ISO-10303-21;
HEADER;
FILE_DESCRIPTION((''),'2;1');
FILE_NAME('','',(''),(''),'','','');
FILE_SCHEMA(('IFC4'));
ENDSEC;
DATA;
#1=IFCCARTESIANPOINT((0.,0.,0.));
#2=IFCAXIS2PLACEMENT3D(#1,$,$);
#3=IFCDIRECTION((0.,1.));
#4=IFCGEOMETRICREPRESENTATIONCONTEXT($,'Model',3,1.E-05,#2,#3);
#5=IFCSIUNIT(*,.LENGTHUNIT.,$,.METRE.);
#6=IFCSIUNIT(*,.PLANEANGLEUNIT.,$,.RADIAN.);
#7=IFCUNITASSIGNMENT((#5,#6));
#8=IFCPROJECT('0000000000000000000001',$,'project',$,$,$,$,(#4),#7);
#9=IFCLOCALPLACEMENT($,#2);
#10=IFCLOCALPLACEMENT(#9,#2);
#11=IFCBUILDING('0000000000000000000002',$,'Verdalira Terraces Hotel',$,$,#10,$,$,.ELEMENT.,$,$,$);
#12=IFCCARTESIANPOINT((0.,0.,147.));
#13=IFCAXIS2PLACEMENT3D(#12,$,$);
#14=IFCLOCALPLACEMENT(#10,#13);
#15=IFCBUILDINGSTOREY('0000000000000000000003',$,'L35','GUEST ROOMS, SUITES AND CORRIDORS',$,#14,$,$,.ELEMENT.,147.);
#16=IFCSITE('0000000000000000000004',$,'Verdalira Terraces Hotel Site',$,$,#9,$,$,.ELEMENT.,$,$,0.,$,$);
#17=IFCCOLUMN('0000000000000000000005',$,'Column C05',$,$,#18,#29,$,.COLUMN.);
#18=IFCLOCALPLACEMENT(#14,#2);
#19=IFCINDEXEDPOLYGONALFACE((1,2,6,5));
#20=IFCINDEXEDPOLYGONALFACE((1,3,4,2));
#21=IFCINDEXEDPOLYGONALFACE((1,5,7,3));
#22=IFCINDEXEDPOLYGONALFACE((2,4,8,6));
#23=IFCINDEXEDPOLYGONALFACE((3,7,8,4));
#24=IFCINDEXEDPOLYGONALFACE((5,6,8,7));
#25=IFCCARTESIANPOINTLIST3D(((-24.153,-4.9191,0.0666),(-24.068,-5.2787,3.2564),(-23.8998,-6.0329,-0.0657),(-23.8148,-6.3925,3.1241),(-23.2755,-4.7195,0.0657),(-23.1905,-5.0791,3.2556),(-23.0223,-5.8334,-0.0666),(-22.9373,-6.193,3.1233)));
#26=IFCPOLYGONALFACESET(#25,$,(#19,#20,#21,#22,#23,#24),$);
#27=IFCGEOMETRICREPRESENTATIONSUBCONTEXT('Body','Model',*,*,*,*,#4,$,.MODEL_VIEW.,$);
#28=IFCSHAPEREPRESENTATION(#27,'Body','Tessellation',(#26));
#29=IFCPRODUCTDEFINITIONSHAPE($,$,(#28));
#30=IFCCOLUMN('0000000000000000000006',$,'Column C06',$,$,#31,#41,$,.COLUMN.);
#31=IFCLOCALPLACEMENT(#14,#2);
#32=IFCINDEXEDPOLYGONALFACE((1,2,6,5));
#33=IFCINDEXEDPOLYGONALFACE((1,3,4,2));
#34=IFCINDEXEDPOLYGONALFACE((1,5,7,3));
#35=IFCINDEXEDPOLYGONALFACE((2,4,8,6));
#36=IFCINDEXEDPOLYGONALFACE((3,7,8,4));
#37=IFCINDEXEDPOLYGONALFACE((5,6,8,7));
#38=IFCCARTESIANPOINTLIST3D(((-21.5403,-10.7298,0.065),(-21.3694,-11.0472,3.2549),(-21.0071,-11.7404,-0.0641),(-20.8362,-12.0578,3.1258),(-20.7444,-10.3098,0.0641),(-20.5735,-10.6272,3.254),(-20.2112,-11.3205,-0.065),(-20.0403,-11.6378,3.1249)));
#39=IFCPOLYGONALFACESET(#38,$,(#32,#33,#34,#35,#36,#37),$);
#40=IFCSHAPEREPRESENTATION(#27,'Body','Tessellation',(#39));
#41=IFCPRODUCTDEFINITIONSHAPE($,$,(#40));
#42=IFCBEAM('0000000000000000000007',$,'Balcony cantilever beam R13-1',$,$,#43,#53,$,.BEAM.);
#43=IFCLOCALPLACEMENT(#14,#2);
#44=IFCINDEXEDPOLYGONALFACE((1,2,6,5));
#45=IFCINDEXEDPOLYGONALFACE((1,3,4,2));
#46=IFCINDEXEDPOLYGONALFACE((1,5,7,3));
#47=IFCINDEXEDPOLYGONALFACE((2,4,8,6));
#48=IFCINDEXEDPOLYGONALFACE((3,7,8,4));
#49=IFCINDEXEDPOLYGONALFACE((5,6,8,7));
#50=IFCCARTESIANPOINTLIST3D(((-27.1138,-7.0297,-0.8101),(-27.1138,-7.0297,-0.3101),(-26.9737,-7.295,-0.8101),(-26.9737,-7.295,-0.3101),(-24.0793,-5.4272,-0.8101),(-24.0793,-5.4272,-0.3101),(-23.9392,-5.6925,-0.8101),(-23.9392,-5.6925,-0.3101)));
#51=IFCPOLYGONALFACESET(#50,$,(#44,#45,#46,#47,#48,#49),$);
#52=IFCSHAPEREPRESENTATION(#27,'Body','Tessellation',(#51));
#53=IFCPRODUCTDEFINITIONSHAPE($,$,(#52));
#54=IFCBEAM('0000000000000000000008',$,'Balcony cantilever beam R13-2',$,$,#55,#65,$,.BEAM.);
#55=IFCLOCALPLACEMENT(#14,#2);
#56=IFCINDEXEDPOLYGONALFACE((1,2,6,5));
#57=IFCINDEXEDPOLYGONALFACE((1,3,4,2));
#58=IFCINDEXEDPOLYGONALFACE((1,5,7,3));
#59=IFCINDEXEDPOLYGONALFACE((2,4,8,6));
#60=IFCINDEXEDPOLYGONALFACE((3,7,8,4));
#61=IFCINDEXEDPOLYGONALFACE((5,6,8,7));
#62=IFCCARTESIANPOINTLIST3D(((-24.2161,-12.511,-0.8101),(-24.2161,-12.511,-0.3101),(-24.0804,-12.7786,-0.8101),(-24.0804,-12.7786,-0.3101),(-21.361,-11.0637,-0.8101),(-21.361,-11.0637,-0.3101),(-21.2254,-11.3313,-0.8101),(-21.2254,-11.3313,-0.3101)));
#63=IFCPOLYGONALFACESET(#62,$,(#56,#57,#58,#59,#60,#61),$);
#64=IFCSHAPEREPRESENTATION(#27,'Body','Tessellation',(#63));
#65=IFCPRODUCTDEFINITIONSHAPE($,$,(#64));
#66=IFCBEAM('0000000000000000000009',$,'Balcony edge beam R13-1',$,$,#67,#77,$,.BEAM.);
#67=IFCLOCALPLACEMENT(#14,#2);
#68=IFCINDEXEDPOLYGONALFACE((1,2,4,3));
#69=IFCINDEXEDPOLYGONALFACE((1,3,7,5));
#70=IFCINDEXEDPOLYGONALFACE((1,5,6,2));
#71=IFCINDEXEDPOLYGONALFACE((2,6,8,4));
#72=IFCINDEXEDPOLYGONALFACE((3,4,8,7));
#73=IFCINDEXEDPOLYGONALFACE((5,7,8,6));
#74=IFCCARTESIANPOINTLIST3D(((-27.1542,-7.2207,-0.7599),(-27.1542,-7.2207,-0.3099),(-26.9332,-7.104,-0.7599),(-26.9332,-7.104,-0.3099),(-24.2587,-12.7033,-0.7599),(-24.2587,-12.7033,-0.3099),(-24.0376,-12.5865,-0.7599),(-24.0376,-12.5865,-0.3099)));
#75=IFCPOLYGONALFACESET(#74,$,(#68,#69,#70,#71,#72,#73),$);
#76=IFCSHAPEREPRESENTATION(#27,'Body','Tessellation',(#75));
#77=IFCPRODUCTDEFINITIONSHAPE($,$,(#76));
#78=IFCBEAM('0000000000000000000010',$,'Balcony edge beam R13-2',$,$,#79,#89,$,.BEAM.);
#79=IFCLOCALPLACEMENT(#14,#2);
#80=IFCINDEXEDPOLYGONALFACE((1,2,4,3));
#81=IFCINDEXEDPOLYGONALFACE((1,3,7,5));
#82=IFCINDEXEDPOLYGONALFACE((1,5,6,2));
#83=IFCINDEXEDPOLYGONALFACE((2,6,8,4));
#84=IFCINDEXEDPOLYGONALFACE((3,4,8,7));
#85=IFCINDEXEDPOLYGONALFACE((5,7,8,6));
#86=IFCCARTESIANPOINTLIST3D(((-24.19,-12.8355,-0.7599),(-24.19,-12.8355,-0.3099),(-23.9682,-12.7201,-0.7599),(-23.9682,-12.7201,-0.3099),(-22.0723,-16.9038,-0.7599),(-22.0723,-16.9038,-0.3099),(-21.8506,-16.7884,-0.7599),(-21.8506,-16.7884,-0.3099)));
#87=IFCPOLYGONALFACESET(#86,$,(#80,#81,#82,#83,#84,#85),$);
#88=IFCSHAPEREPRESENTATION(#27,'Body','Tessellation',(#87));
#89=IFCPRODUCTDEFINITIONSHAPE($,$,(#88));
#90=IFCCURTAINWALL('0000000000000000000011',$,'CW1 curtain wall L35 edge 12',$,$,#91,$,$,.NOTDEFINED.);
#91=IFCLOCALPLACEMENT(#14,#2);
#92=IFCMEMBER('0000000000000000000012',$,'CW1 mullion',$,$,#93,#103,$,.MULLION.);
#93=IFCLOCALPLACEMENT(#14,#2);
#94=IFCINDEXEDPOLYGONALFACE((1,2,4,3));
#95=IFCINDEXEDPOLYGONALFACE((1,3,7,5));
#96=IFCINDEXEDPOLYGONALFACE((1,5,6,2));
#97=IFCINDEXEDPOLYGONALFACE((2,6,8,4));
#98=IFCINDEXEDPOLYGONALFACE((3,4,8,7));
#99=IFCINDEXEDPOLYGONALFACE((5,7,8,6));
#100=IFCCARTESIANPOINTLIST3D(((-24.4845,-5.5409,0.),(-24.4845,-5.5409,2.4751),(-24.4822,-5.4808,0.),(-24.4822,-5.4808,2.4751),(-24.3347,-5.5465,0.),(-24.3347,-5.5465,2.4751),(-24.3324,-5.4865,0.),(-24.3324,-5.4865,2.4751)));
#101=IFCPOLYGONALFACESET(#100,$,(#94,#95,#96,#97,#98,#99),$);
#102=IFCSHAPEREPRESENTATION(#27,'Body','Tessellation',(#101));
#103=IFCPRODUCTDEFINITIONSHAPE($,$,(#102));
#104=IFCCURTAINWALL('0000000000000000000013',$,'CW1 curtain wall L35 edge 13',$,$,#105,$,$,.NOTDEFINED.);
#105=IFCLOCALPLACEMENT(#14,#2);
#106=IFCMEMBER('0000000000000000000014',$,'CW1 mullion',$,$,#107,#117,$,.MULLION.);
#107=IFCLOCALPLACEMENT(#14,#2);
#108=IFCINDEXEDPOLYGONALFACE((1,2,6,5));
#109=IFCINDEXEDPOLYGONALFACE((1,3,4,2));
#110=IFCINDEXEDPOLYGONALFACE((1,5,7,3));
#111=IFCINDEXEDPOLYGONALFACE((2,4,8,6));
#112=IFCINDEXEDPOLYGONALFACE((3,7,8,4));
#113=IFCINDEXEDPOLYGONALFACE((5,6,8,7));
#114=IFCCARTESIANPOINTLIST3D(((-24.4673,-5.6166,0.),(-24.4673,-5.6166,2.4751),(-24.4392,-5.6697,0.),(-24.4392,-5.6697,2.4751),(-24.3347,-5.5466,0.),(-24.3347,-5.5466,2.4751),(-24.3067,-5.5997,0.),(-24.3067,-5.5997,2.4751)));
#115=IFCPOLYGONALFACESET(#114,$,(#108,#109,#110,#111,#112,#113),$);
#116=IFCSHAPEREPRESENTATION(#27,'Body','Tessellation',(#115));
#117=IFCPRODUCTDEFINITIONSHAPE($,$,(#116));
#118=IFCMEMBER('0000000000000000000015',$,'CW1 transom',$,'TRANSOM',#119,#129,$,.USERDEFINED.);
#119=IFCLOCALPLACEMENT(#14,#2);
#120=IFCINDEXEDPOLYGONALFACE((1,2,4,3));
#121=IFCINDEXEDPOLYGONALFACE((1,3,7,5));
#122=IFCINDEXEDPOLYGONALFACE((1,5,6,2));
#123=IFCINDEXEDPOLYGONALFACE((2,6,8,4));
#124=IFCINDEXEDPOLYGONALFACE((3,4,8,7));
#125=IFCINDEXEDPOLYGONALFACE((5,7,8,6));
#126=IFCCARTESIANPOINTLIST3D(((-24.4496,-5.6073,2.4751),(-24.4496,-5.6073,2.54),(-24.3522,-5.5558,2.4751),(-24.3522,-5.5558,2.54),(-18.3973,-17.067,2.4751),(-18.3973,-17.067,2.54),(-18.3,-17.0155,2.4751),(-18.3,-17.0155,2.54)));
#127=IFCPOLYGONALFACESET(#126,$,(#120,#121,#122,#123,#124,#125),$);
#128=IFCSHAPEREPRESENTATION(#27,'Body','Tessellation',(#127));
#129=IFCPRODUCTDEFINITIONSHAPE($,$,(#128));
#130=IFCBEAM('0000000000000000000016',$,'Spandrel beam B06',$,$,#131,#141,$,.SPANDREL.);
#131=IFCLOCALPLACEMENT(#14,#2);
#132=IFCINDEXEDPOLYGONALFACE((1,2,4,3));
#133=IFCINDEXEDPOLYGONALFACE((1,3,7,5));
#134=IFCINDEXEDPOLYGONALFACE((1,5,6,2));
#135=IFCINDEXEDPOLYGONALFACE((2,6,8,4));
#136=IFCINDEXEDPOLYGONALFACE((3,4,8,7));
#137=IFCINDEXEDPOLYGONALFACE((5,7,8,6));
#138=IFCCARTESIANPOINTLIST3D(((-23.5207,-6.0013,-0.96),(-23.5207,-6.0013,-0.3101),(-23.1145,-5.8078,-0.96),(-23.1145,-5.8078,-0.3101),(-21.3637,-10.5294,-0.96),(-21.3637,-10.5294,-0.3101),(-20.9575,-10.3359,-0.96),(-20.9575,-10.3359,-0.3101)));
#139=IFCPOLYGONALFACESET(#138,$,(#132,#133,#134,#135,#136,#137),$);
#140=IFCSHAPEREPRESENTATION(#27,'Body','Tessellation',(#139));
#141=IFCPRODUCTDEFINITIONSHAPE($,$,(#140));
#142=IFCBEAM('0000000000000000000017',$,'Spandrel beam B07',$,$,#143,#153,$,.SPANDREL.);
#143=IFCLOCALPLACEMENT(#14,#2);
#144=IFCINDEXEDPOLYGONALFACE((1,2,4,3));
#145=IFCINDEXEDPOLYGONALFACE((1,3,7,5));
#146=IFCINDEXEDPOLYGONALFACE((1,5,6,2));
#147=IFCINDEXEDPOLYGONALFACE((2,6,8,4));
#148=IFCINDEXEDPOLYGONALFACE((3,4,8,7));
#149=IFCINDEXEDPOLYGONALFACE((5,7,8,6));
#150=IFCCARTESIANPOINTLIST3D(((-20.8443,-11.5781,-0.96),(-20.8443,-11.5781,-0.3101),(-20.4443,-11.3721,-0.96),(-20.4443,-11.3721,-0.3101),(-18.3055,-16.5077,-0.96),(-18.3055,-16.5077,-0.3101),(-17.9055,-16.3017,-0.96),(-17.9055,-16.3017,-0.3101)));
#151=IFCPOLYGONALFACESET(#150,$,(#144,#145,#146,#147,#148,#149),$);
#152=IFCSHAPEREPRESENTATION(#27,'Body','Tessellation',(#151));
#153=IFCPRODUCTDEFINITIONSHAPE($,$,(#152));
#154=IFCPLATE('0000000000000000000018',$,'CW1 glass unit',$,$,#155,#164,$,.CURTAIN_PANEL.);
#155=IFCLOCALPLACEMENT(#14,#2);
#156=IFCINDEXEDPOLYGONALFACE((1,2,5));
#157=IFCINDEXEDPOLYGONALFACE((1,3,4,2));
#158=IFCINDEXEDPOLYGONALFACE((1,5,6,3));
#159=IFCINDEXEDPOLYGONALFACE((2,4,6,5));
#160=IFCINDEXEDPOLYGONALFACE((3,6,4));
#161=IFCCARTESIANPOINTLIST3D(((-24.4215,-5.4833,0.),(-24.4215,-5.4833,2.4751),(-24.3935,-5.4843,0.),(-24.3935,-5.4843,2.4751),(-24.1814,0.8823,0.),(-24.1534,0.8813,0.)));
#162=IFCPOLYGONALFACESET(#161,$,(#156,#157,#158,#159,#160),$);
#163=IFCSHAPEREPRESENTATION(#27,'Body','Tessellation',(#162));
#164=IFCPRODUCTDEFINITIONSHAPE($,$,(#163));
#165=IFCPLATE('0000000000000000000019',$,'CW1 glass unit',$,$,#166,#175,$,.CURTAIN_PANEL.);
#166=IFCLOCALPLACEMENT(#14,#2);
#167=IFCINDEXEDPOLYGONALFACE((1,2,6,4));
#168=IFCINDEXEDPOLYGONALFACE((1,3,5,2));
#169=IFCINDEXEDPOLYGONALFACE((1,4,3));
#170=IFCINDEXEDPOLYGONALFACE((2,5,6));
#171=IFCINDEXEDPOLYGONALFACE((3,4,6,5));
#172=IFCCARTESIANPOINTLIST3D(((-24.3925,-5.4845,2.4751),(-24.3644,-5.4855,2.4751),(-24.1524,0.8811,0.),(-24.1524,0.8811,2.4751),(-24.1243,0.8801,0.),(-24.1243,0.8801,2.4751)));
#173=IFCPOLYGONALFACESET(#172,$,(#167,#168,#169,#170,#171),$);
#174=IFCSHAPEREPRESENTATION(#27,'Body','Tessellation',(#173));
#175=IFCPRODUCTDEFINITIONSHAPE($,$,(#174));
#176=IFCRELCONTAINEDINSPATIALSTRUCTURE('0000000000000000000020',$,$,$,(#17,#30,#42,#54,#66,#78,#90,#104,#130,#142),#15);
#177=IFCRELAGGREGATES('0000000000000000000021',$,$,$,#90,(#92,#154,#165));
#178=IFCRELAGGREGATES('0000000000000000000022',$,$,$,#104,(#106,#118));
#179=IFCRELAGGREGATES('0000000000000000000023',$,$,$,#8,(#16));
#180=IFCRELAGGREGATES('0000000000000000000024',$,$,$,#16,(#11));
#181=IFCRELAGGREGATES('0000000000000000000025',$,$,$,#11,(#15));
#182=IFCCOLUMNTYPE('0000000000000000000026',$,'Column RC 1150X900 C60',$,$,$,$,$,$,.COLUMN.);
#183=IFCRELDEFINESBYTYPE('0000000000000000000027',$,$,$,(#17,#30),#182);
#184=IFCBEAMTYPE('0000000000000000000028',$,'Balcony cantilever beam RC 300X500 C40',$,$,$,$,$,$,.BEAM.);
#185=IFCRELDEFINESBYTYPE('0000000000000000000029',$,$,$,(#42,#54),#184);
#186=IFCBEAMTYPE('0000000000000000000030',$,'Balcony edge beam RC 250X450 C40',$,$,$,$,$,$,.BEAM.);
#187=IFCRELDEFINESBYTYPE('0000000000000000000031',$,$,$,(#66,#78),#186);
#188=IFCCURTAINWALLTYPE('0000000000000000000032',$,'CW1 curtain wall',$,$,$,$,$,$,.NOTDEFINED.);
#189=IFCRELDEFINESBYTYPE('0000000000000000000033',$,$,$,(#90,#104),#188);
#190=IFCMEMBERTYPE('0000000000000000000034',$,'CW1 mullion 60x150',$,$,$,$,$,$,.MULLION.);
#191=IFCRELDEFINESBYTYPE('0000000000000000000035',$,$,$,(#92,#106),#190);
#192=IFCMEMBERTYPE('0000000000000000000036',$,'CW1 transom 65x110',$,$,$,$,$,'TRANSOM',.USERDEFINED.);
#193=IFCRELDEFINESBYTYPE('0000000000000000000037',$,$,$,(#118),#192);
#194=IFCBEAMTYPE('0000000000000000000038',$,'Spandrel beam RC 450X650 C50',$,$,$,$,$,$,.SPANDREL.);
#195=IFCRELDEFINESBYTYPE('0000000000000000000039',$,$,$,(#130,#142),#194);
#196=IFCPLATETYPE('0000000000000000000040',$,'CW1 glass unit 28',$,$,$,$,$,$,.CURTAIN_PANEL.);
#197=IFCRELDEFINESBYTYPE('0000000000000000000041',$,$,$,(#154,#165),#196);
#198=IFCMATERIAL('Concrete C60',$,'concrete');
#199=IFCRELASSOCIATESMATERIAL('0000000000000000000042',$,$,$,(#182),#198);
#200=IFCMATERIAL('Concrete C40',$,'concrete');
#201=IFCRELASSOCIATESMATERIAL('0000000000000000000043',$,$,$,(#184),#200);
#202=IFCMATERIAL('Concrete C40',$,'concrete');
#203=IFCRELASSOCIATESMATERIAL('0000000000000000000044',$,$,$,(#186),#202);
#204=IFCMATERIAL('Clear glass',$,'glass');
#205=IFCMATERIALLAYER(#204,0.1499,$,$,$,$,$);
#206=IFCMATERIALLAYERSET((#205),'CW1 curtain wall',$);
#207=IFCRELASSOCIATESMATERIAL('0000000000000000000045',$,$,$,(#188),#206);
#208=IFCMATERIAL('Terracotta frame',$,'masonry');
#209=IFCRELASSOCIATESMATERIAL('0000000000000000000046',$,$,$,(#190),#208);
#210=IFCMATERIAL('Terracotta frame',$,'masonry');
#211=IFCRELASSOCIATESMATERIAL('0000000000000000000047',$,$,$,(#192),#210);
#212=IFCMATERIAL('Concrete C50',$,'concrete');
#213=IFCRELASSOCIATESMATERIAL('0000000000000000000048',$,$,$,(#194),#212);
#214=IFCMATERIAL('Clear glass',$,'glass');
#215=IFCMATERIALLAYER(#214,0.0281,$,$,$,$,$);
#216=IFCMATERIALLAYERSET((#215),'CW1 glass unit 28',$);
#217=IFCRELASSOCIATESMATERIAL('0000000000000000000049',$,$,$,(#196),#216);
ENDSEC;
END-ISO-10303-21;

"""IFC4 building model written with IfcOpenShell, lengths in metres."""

from ifc_helpers import new_model, si_unit, direction, frame, origin, origin_2d, place, context, subcontext, project, spatial, polyline, rectangle, outline, extrude, material, layer, layer_set, material_profile, profile_set, type_object, element, aggregate, save


model = new_model("IFC4")

# Units and contexts
model_context = context("Model", 3, precision=1e-05, world=origin(), true_north=direction((0.0, 1.0)))
body_context = subcontext(model_context, "Body", "Model", "MODEL_VIEW")
ifc_project = project(units=[si_unit("LENGTHUNIT", "METRE"), si_unit("PLANEANGLEUNIT", "RADIAN")], contexts=[model_context])

# Site, building, storey
site_placement = place(None, origin())
site = spatial("IfcSite", under=ifc_project, at=site_placement, Name="Verdalira Terraces Hotel Site", CompositionType="ELEMENT", RefElevation=0.0)
building_placement = place(site_placement, origin())
building = spatial("IfcBuilding", under=site, at=building_placement, Name="Verdalira Terraces Hotel", CompositionType="ELEMENT")
storey_placement = place(building_placement, frame((0.0, 0.0, 147.0)))
storey = spatial("IfcBuildingStorey", under=building, at=storey_placement, Name="L35", Description="GUEST ROOMS, SUITES AND CORRIDORS", CompositionType="ELEMENT", Elevation=147.0)

# Columns
ifc_material_1 = material(Name="Concrete C60", Category="concrete")
ifc_material_profile_1 = material_profile(ifc_material_1, rectangle(XDim=1.1499, YDim=0.8999, at=origin_2d()), Name="RC 1150X900")
ifc_profile_set_1 = profile_set([ifc_material_profile_1], Name="Concrete C60")
column_type = type_object("IfcColumnType", Name="Column RC 1150X900 C60", PredefinedType="COLUMN", material=ifc_profile_set_1)
column_1_placement = place(storey_placement, frame((-23.5876, -5.3762, 0.0), z_axis=(0.026457, -0.111986, 0.993357), x_axis=(-0.22018, 0.968649, 0.115065)))
element("IfcColumn", 1, at=column_1_placement, inside=storey, type_object=column_type, Name="Column C05", PredefinedType="COLUMN", context=body_context, shape_type="SweptSolid", body=[
    extrude(rectangle(XDim=1.1499, YDim=0.8999, at=origin_2d()), origin(), (0.0, 0.0, 1.0), 3.2112),
])
column_2_placement = place(storey_placement, frame((-20.8757, -11.0251, 0.0), z_axis=(0.053235, -0.098866, 0.993676), x_axis=(0.463661, -0.878869, -0.112283)))
element("IfcColumn", 2, at=column_2_placement, inside=storey, type_object=column_type, Name="Column C06", PredefinedType="COLUMN", context=body_context, shape_type="SweptSolid", body=[
    extrude(rectangle(XDim=1.1499, YDim=0.8999, at=origin_2d()), origin(), (0.0, 0.0, 1.0), 3.2102),
])

# Beams
ifc_material_2 = material(Name="Concrete C40", Category="concrete")
ifc_material_profile_2 = material_profile(ifc_material_2, rectangle(XDim=0.3, YDim=0.5, at=origin_2d()), Name="RC 300X500")
ifc_profile_set_2 = profile_set([ifc_material_profile_2], Name="Concrete C40")
beam_type_1 = type_object("IfcBeamType", Name="Balcony cantilever beam RC 300X500 C40", PredefinedType="BEAM", material=ifc_profile_set_2)
beam_1_placement = place(storey_placement, frame((-24.0093, -5.5598, -0.5601), z_axis=(-0.88426, -0.466995, 0.0), x_axis=(0.466995, -0.88426, 0.0)))
element("IfcBeam", 3, at=beam_1_placement, inside=storey, type_object=beam_type_1, Name="Balcony cantilever beam R13-1", PredefinedType="BEAM", context=body_context, shape_type="SweptSolid", body=[
    extrude(rectangle(XDim=0.3, YDim=0.5, at=origin_2d()), origin(), (0.0, 0.0, 1.0), 3.4316),
])
beam_2_placement = place(storey_placement, frame((-21.2932, -11.1975, -0.5601), z_axis=(-0.891942, -0.452149, 0.0), x_axis=(0.452149, -0.891942, 0.0)))
element("IfcBeam", 4, at=beam_2_placement, inside=storey, type_object=beam_type_1, Name="Balcony cantilever beam R13-2", PredefinedType="BEAM", context=body_context, shape_type="SweptSolid", body=[
    extrude(rectangle(XDim=0.3, YDim=0.5, at=origin_2d()), origin(), (0.0, 0.0, 1.0), 3.2009),
])
ifc_material_3 = material(Name="Concrete C40", Category="concrete")
ifc_material_profile_3 = material_profile(ifc_material_3, rectangle(XDim=0.25, YDim=0.45, at=origin_2d()), Name="RC 250X450")
ifc_profile_set_3 = profile_set([ifc_material_profile_3], Name="Concrete C40")
beam_type_2 = type_object("IfcBeamType", Name="Balcony edge beam RC 250X450 C40", PredefinedType="BEAM", material=ifc_profile_set_3)
beam_3_placement = place(storey_placement, frame((-27.0437, -7.1624, -0.5349), z_axis=(0.467012, -0.884251, 0.0), x_axis=(0.884251, 0.467012, 0.0)))
element("IfcBeam", 5, at=beam_3_placement, inside=storey, type_object=beam_type_2, Name="Balcony edge beam R13-1", PredefinedType="BEAM", context=body_context, shape_type="SweptSolid", body=[
    extrude(rectangle(XDim=0.25, YDim=0.45, at=origin_2d()), origin(), (0.0, 0.0, 1.0), 6.2002),
])
beam_4_placement = place(storey_placement, frame((-24.0791, -12.7778, -0.5349), z_axis=(0.461718, -0.887027, 0.0), x_axis=(0.887027, 0.461718, 0.0)))
element("IfcBeam", 6, at=beam_4_placement, inside=storey, type_object=beam_type_2, Name="Balcony edge beam R13-2", PredefinedType="BEAM", context=body_context, shape_type="SweptSolid", body=[
    extrude(rectangle(XDim=0.25, YDim=0.45, at=origin_2d()), origin(), (0.0, 0.0, 1.0), 4.5864),
])

# Curtain wall, member
ifc_material_4 = material(Name="Clear glass", Category="glass")
ifc_layer_1 = layer(ifc_material_4, 0.1499)
ifc_layer_set_1 = layer_set([ifc_layer_1], Name="CW1 curtain wall")
curtain_wall_type = type_object("IfcCurtainWallType", Name="CW1 curtain wall", PredefinedType="NOTDEFINED", material=ifc_layer_set_1)
curtain_wall_1_placement = place(storey_placement, origin())
curtain_wall_1 = element("IfcCurtainWall", 7, at=curtain_wall_1_placement, inside=storey, type_object=curtain_wall_type, Name="CW1 curtain wall L35 edge 12", PredefinedType="NOTDEFINED")
ifc_material_5 = material(Name="Terracotta frame", Category="masonry")
ifc_material_profile_4 = material_profile(ifc_material_5, rectangle(XDim=0.0601, YDim=0.1499, at=origin_2d()), Name="MU 60x150")
ifc_profile_set_4 = profile_set([ifc_material_profile_4], Name="Terracotta frame")
member_type_1 = type_object("IfcMemberType", Name="CW1 mullion 60x150", PredefinedType="MULLION", material=ifc_profile_set_4)
member_1_placement = place(storey_placement, frame((-24.4084, -5.5137, 0.0), z_axis=(0.0, 0.0, 1.0), x_axis=(-0.03769, -0.999289, 0.0)))
member_1 = element("IfcMember", 8, at=member_1_placement, type_object=member_type_1, Name="CW1 mullion", PredefinedType="MULLION", context=body_context, shape_type="SweptSolid", body=[
    extrude(rectangle(XDim=0.0601, YDim=0.1499, at=origin_2d()), origin(), (0.0, 0.0, 1.0), 2.4751),
])

# Curtain wall, members
curtain_wall_2_placement = place(storey_placement, origin())
curtain_wall_2 = element("IfcCurtainWall", 9, at=curtain_wall_2_placement, inside=storey, type_object=curtain_wall_type, Name="CW1 curtain wall L35 edge 13", PredefinedType="NOTDEFINED")
member_2_placement = place(storey_placement, frame((-24.387, -5.6082, 0.0), z_axis=(0.0, 0.0, 1.0), x_axis=(0.467004, -0.884255, 0.0)))
member_2 = element("IfcMember", 10, at=member_2_placement, type_object=member_type_1, Name="CW1 mullion", PredefinedType="MULLION", context=body_context, shape_type="SweptSolid", body=[
    extrude(rectangle(XDim=0.0601, YDim=0.1499, at=origin_2d()), origin(), (0.0, 0.0, 1.0), 2.4751),
])
ifc_material_6 = material(Name="Terracotta frame", Category="masonry")
ifc_material_profile_5 = material_profile(ifc_material_6, rectangle(XDim=0.1101, YDim=0.0649, at=origin_2d()), Name="TR 65x110")
ifc_profile_set_5 = profile_set([ifc_material_profile_5], Name="Terracotta frame")
member_type_2 = type_object("IfcMemberType", Name="CW1 transom 65x110", ElementType="TRANSOM", PredefinedType="USERDEFINED", material=ifc_profile_set_5)
member_3_placement = place(storey_placement, frame((-24.4009, -5.5815, 2.5076), z_axis=(0.467004, -0.884255, 0.0), x_axis=(0.884255, 0.467004, 0.0)))
member_3 = element("IfcMember", 11, at=member_3_placement, type_object=member_type_2, Name="CW1 transom", ObjectType="TRANSOM", PredefinedType="USERDEFINED", context=body_context, shape_type="SweptSolid", body=[
    extrude(rectangle(XDim=0.1101, YDim=0.0649, at=origin_2d()), origin(), (0.0, 0.0, 1.0), 12.9597),
])

# Beams
ifc_material_7 = material(Name="Concrete C50", Category="concrete")
ifc_material_profile_6 = material_profile(ifc_material_7, rectangle(XDim=0.45, YDim=0.6499, at=origin_2d()), Name="RC 450X650")
ifc_profile_set_6 = profile_set([ifc_material_profile_6], Name="Concrete C50")
beam_type_3 = type_object("IfcBeamType", Name="Spandrel beam RC 450X650 C50", PredefinedType="SPANDREL", material=ifc_profile_set_6)
beam_5_placement = place(storey_placement, frame((-23.3176, -5.9045, -0.635), z_axis=(0.430056, -0.902802, 0.0), x_axis=(0.902802, 0.430056, 0.0)))
element("IfcBeam", 12, at=beam_5_placement, inside=storey, type_object=beam_type_3, Name="Spandrel beam B06", PredefinedType="SPANDREL", context=body_context, shape_type="SweptSolid", body=[
    extrude(rectangle(XDim=0.45, YDim=0.6499, at=origin_2d()), origin(), (0.0, 0.0, 1.0), 5.0156),
])
beam_6_placement = place(storey_placement, frame((-20.6443, -11.4751, -0.635), z_axis=(0.457854, -0.889027, 0.0), x_axis=(0.889027, 0.457854, 0.0)))
element("IfcBeam", 13, at=beam_6_placement, inside=storey, type_object=beam_type_3, Name="Spandrel beam B07", PredefinedType="SPANDREL", context=body_context, shape_type="SweptSolid", body=[
    extrude(rectangle(XDim=0.45, YDim=0.6499, at=origin_2d()), origin(), (0.0, 0.0, 1.0), 5.5449),
])

# Plates
ifc_material_8 = material(Name="Clear glass", Category="glass")
ifc_layer_2 = layer(ifc_material_8, 0.0281)
ifc_layer_set_2 = layer_set([ifc_layer_2], Name="CW1 glass unit 28")
plate_type = type_object("IfcPlateType", Name="CW1 glass unit 28", PredefinedType="CURTAIN_PANEL", material=ifc_layer_set_2)
plate_1_placement = place(storey_placement, frame((-24.2734, -2.3015, 1.2375), z_axis=(-0.999289, 0.03769, 0.0), x_axis=(-0.03769, -0.999289, 0.0)))
plate_1 = element("IfcPlate", 14, at=plate_1_placement, type_object=plate_type, Name="CW1 glass unit", PredefinedType="CURTAIN_PANEL", context=body_context, shape_type="SweptSolid", body=[
    extrude(outline(polyline([(-3.1851, -1.2375), (3.1851, -1.2375), (3.1851, 1.2375), (-3.1851, -1.2375)])), origin(), (0.0, 0.0, 1.0), 0.0281),
])
plate_2_placement = place(storey_placement, frame((-24.2444, -2.3027, 1.2375), z_axis=(-0.999289, 0.03769, 0.0), x_axis=(-0.03769, -0.999289, 0.0)))
plate_2 = element("IfcPlate", 15, at=plate_2_placement, type_object=plate_type, Name="CW1 glass unit", PredefinedType="CURTAIN_PANEL", context=body_context, shape_type="SweptSolid", body=[
    extrude(outline(polyline([(-3.1851, -1.2375), (3.1851, 1.2375), (-3.1851, 1.2375), (-3.1851, -1.2375)])), origin(), (0.0, 0.0, 1.0), 0.0281),
])
aggregate(curtain_wall_1, [member_1, plate_1, plate_2])
aggregate(curtain_wall_2, [member_2, member_3])

save(model, "model.ifc")
